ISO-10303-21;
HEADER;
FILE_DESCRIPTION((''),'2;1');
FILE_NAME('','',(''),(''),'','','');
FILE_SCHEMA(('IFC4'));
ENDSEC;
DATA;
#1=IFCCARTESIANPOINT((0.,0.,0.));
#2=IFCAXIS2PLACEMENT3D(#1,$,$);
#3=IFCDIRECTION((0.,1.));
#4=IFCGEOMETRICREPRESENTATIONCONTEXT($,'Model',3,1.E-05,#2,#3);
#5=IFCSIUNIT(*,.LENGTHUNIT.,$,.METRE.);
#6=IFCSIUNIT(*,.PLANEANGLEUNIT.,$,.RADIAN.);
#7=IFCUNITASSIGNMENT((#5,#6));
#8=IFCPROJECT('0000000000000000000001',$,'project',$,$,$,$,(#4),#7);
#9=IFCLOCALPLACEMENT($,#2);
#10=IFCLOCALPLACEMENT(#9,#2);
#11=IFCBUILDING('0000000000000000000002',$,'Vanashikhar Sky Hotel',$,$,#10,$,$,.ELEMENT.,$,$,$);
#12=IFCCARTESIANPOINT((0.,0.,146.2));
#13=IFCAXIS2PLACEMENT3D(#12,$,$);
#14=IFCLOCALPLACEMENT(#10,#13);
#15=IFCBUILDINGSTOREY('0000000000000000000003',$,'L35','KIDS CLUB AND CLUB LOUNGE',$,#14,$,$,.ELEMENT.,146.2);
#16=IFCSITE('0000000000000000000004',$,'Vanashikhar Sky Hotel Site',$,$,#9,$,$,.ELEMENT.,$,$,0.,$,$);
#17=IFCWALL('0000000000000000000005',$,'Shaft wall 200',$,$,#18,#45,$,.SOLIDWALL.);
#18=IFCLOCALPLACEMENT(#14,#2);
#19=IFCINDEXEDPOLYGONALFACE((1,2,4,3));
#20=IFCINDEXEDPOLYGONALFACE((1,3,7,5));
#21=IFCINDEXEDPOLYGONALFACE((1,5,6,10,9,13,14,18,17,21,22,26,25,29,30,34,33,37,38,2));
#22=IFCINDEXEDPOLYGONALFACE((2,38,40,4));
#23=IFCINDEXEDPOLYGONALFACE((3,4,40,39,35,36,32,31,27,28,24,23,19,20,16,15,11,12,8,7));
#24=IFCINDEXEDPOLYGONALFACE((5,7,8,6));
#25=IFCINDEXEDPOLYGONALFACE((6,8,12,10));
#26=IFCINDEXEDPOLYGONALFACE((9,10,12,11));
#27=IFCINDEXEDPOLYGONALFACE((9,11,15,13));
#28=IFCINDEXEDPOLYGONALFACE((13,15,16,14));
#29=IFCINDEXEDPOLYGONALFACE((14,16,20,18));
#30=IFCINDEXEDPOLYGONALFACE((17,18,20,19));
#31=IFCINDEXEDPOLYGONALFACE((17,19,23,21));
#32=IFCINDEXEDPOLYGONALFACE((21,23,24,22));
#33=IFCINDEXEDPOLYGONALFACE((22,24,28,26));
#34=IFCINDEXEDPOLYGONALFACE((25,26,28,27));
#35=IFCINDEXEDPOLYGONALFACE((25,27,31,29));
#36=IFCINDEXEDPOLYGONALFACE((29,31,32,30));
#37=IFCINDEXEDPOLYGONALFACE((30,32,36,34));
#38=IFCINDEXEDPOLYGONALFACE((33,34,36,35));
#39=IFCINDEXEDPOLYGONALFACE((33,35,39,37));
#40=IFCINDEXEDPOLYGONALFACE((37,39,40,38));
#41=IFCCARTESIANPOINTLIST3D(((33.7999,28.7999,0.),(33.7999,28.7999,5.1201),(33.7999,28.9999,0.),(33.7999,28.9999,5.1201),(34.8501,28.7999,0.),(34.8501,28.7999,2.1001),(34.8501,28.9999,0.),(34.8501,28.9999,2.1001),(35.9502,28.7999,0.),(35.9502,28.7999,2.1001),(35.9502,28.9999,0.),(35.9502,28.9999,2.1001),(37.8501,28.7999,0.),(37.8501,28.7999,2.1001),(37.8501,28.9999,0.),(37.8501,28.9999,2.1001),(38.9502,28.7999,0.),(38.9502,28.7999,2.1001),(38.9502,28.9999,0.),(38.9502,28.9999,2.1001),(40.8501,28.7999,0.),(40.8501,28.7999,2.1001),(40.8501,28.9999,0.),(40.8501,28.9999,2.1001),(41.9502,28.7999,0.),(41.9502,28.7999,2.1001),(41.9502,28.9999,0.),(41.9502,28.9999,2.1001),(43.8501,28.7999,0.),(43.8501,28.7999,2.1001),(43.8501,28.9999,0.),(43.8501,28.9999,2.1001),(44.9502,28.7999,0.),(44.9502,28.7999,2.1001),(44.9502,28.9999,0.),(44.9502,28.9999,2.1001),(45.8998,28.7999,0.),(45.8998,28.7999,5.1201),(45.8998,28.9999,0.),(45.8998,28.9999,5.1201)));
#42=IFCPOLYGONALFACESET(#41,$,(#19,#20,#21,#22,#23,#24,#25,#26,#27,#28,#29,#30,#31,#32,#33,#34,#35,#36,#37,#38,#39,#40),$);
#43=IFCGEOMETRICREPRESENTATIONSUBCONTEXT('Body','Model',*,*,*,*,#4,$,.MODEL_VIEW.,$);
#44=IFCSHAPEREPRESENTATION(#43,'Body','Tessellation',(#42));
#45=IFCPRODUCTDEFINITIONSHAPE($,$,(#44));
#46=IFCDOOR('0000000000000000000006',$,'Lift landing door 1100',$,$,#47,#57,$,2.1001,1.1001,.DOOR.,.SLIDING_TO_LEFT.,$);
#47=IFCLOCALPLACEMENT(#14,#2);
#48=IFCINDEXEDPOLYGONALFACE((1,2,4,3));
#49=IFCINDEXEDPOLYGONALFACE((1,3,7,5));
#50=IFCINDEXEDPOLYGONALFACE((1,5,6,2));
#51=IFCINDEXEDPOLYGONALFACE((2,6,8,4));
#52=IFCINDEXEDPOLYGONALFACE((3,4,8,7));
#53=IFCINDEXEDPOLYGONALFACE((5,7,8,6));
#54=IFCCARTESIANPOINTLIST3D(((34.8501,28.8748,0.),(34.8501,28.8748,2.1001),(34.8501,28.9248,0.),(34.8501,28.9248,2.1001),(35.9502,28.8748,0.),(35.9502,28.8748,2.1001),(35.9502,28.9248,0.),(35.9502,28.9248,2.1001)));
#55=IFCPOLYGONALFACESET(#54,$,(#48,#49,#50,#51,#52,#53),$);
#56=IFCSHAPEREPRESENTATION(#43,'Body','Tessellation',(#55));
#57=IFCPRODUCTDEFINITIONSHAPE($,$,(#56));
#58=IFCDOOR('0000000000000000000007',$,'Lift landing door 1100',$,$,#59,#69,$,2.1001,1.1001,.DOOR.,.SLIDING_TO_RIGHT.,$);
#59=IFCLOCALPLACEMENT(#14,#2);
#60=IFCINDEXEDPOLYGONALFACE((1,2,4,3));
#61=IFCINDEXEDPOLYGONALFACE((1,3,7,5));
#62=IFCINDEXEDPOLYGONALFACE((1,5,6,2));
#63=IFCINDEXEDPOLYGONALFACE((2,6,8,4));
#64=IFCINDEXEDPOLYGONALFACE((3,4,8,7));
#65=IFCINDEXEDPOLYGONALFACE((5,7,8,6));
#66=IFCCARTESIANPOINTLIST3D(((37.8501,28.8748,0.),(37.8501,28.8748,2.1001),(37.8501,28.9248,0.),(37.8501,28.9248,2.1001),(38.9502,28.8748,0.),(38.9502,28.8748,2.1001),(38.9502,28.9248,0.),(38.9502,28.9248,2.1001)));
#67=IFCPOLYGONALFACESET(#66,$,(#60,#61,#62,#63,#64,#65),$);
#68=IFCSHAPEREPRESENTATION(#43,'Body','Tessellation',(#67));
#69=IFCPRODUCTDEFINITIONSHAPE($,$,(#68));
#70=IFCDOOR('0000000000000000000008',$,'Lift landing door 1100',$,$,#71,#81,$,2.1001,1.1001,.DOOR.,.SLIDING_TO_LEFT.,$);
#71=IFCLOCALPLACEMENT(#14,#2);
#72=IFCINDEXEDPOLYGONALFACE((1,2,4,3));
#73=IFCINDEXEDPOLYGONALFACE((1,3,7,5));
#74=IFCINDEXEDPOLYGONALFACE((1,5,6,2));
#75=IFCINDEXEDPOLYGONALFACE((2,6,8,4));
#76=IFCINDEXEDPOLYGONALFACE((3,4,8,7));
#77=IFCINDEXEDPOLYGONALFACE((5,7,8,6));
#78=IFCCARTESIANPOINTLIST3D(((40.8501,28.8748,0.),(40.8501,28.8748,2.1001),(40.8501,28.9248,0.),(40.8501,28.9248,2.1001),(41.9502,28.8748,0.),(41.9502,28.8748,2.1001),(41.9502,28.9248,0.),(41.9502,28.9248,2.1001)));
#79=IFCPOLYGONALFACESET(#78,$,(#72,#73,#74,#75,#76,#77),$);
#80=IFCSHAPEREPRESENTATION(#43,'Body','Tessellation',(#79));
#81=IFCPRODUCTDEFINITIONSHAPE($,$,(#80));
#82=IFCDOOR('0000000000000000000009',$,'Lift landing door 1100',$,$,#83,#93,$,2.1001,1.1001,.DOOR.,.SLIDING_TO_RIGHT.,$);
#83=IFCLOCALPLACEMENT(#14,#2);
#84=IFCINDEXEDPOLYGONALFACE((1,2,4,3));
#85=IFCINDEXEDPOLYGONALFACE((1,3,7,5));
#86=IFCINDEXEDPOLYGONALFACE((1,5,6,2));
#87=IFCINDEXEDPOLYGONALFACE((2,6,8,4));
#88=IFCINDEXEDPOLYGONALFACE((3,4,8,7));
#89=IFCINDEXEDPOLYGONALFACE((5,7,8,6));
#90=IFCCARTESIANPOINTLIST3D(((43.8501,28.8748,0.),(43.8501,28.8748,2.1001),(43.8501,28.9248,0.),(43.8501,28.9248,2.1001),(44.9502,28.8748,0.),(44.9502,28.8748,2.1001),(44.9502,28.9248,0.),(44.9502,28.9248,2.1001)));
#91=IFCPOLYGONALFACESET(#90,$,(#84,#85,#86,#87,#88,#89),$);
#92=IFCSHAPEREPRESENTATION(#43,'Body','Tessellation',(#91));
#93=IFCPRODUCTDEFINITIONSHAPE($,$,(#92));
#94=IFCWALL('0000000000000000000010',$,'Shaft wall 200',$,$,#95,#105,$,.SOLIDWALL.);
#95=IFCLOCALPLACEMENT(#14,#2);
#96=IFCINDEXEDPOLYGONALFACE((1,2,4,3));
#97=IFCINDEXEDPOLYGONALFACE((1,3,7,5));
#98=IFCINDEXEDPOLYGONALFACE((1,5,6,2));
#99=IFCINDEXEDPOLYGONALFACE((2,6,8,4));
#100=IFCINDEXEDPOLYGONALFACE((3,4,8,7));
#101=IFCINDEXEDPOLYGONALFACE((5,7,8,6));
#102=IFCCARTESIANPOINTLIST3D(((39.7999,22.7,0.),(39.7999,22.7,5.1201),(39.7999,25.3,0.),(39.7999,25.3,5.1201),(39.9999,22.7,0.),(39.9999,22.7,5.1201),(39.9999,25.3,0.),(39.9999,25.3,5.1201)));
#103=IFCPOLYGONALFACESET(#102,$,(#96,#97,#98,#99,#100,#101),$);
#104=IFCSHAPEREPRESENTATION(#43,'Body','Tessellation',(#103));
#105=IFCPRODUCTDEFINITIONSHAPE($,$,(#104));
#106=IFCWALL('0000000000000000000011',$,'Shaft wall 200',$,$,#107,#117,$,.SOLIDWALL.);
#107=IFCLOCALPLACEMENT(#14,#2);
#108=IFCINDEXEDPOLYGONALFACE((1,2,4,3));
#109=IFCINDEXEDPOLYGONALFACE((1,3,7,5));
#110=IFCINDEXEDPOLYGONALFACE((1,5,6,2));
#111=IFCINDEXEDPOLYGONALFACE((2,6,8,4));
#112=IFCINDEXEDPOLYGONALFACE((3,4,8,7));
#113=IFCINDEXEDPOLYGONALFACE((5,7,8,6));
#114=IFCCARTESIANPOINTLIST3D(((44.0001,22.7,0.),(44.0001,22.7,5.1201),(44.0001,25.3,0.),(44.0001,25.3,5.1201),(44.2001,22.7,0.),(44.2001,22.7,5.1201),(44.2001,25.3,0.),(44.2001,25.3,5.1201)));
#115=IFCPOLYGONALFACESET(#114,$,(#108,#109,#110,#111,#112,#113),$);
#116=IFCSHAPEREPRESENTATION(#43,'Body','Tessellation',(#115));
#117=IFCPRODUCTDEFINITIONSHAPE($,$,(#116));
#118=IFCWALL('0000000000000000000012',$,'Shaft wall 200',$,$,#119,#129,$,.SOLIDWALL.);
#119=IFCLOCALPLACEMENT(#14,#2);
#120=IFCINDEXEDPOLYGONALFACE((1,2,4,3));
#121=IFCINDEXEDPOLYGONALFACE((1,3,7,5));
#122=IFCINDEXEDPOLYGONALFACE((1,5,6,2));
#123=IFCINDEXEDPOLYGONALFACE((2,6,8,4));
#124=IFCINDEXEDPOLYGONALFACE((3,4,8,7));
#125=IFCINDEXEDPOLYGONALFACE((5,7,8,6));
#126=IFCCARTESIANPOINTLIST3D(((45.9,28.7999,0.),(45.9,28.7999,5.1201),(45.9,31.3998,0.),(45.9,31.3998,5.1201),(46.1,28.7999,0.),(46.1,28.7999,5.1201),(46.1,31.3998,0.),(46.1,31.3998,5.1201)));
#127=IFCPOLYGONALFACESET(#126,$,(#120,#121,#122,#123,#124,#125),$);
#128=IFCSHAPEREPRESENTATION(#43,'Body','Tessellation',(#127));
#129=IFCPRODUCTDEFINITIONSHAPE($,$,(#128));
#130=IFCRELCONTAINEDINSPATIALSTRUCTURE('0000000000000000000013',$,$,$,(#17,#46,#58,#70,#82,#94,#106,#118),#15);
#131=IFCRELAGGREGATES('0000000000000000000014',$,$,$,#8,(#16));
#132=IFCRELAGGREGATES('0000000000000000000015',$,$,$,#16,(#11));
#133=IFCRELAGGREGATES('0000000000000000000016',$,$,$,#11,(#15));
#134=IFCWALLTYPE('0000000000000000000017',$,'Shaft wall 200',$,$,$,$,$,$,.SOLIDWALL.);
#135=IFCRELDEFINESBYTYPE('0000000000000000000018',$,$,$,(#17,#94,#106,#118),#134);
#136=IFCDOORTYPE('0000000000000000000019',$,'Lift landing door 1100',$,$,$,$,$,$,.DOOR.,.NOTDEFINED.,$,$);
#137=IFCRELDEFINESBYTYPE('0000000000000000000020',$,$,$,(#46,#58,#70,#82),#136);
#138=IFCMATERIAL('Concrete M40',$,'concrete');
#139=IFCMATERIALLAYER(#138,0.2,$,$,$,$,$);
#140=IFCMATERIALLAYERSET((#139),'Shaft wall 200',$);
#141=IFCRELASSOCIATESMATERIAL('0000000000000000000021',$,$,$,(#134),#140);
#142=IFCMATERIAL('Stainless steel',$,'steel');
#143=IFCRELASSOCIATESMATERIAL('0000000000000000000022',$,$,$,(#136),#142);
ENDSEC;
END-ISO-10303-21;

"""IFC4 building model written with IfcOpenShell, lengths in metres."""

from ifc_helpers import new_model, si_unit, direction, frame, frame_2d, origin, place, context, subcontext, project, spatial, rectangle, extrude, source, transform, mapped, material, layer, layer_set, type_object, element, fill, save


model = new_model("IFC4")

# Units and contexts
model_context = context("Model", 3, precision=1e-05, world=origin(), true_north=direction((0.0, 1.0)))
body_context = subcontext(model_context, "Body", "Model", "MODEL_VIEW")
ifc_project = project(units=[si_unit("LENGTHUNIT", "METRE"), si_unit("PLANEANGLEUNIT", "RADIAN")], contexts=[model_context])

# Site, building, storey
site_placement = place(None, origin())
site = spatial("IfcSite", under=ifc_project, at=site_placement, Name="Vanashikhar Sky Hotel Site", CompositionType="ELEMENT", RefElevation=0.0)
building_placement = place(site_placement, origin())
building = spatial("IfcBuilding", under=site, at=building_placement, Name="Vanashikhar Sky Hotel", CompositionType="ELEMENT")
storey_placement = place(building_placement, frame((0.0, 0.0, 146.2)))
storey = spatial("IfcBuildingStorey", under=building, at=storey_placement, Name="L35", Description="KIDS CLUB AND CLUB LOUNGE", CompositionType="ELEMENT", Elevation=146.2)

# Wall, openings, doors
ifc_material_1 = material(Name="Concrete M40", Category="concrete")
ifc_layer = layer(ifc_material_1, 0.2)
ifc_layer_set = layer_set([ifc_layer], Name="Shaft wall 200")
wall_type = type_object("IfcWallType", Name="Shaft wall 200", PredefinedType="SOLIDWALL", material=ifc_layer_set)
shared_shape_1 = source(origin(), body_context, "Body", "SweptSolid", [
    extrude(rectangle(XDim=1.1001, YDim=2.1001, at=frame_2d((0.55, 1.05))), frame((0.0, 0.1099, 0.0), z_axis=(0.0, -1.0, 0.0), x_axis=(1.0, 0.0, 0.0)), (0.0, 0.0, 1.0), 0.22),
])
ifc_material_2 = material(Name="Stainless steel", Category="steel")
door_type = type_object("IfcDoorType", Name="Lift landing door 1100", OperationType="NOTDEFINED", PredefinedType="DOOR", material=ifc_material_2)
shared_shape_2 = source(origin(), body_context, "Body", "SweptSolid", [
    extrude(rectangle(XDim=1.1001, YDim=2.1001, at=frame_2d((0.55, 1.05))), frame((0.0, 0.0249, 0.0), z_axis=(0.0, -1.0, 0.0), x_axis=(1.0, 0.0, 0.0)), (0.0, 0.0, 1.0), 0.05),
])
shared_shape_3 = source(origin(), body_context, "Body", "SweptSolid", [
    extrude(rectangle(XDim=12.0999, YDim=0.2, at=frame_2d((6.0498, 0.0))), origin(), (0.0, 0.0, 1.0), 5.1201),
])
wall_1_placement = place(storey_placement, frame((33.8, 28.8999, 0.0), z_axis=(0.0, 0.0, 1.0), x_axis=(1.0, 0.0, 0.0)))
wall_1 = element("IfcWall", 1, at=wall_1_placement, inside=storey, type_object=wall_type, Name="Shaft wall 200", PredefinedType="SOLIDWALL", context=body_context, shape_type="MappedRepresentation", body=[
    mapped(shared_shape_3, transform((0.0, 0.0, 0.0), scale=1.0)),
])
opening_1_placement = place(wall_1_placement, frame((1.05, 0.0, 0.0)))
opening_1 = element("IfcOpeningElement", 2, at=opening_1_placement, cuts=wall_1, PredefinedType="OPENING", context=body_context, shape_type="MappedRepresentation", body=[
    mapped(shared_shape_1, transform((0.0, 0.0, 0.0), scale=1.0)),
])
opening_2_placement = place(wall_1_placement, frame((4.05, 0.0, 0.0)))
opening_2 = element("IfcOpeningElement", 3, at=opening_2_placement, cuts=wall_1, PredefinedType="OPENING", context=body_context, shape_type="MappedRepresentation", body=[
    mapped(shared_shape_1, transform((0.0, 0.0, 0.0), scale=1.0)),
])
opening_3_placement = place(wall_1_placement, frame((7.05, 0.0, 0.0)))
opening_3 = element("IfcOpeningElement", 4, at=opening_3_placement, cuts=wall_1, PredefinedType="OPENING", context=body_context, shape_type="MappedRepresentation", body=[
    mapped(shared_shape_1, transform((0.0, 0.0, 0.0), scale=1.0)),
])
opening_4_placement = place(wall_1_placement, frame((10.05, 0.0, 0.0)))
opening_4 = element("IfcOpeningElement", 5, at=opening_4_placement, cuts=wall_1, PredefinedType="OPENING", context=body_context, shape_type="MappedRepresentation", body=[
    mapped(shared_shape_1, transform((0.0, 0.0, 0.0), scale=1.0)),
])
door_1_placement = place(opening_1_placement, origin())
door_1 = element("IfcDoor", 6, at=door_1_placement, inside=storey, type_object=door_type, Name="Lift landing door 1100", OperationType="SLIDING_TO_LEFT", OverallHeight=2.1001, OverallWidth=1.1001, PredefinedType="DOOR", context=body_context, shape_type="MappedRepresentation", body=[
    mapped(shared_shape_2, transform((0.0, 0.0, 0.0), scale=1.0)),
])
fill(opening_1, door_1)
door_2_placement = place(opening_2_placement, origin())
door_2 = element("IfcDoor", 7, at=door_2_placement, inside=storey, type_object=door_type, Name="Lift landing door 1100", OperationType="SLIDING_TO_RIGHT", OverallHeight=2.1001, OverallWidth=1.1001, PredefinedType="DOOR", context=body_context, shape_type="MappedRepresentation", body=[
    mapped(shared_shape_2, transform((0.0, 0.0, 0.0), scale=1.0)),
])
fill(opening_2, door_2)
door_3_placement = place(opening_3_placement, origin())
door_3 = element("IfcDoor", 8, at=door_3_placement, inside=storey, type_object=door_type, Name="Lift landing door 1100", OperationType="SLIDING_TO_LEFT", OverallHeight=2.1001, OverallWidth=1.1001, PredefinedType="DOOR", context=body_context, shape_type="MappedRepresentation", body=[
    mapped(shared_shape_2, transform((0.0, 0.0, 0.0), scale=1.0)),
])
fill(opening_3, door_3)
door_4_placement = place(opening_4_placement, origin())
door_4 = element("IfcDoor", 9, at=door_4_placement, inside=storey, type_object=door_type, Name="Lift landing door 1100", OperationType="SLIDING_TO_RIGHT", OverallHeight=2.1001, OverallWidth=1.1001, PredefinedType="DOOR", context=body_context, shape_type="MappedRepresentation", body=[
    mapped(shared_shape_2, transform((0.0, 0.0, 0.0), scale=1.0)),
])
fill(opening_4, door_4)

# Walls
shared_shape_4 = source(origin(), body_context, "Body", "SweptSolid", [
    extrude(rectangle(XDim=2.6001, YDim=0.2, at=frame_2d((1.3, 0.0))), origin(), (0.0, 0.0, 1.0), 5.1201),
])
for number, where, z_axis, x_axis, name in (
    (10, (39.8999, 22.7, 0.0), (0.0, 0.0, 1.0), (0.0, 1.0, 0.0), "Shaft wall 200"),
    (11, (44.1001, 22.7, 0.0), (0.0, 0.0, 1.0), (0.0, 1.0, 0.0), "Shaft wall 200"),
):
    element("IfcWall", number, at=place(storey_placement, frame(where, z_axis=z_axis, x_axis=x_axis)), inside=storey, type_object=wall_type, Name=name, PredefinedType="SOLIDWALL", context=body_context, shape_type="MappedRepresentation", body=[
        mapped(shared_shape_4, transform((0.0, 0.0, 0.0), scale=1.0)),
    ])
shared_shape_5 = source(origin(), body_context, "Body", "SweptSolid", [
    extrude(rectangle(XDim=2.5999, YDim=0.2, at=frame_2d((1.2998, 0.0))), origin(), (0.0, 0.0, 1.0), 5.1201),
])
wall_2_placement = place(storey_placement, frame((46.0, 28.8, 0.0), z_axis=(0.0, 0.0, 1.0), x_axis=(0.0, 1.0, 0.0)))
element("IfcWall", 12, at=wall_2_placement, inside=storey, type_object=wall_type, Name="Shaft wall 200", PredefinedType="SOLIDWALL", context=body_context, shape_type="MappedRepresentation", body=[
    mapped(shared_shape_5, transform((0.0, 0.0, 0.0), scale=1.0)),
])

save(model, "model.ifc")
